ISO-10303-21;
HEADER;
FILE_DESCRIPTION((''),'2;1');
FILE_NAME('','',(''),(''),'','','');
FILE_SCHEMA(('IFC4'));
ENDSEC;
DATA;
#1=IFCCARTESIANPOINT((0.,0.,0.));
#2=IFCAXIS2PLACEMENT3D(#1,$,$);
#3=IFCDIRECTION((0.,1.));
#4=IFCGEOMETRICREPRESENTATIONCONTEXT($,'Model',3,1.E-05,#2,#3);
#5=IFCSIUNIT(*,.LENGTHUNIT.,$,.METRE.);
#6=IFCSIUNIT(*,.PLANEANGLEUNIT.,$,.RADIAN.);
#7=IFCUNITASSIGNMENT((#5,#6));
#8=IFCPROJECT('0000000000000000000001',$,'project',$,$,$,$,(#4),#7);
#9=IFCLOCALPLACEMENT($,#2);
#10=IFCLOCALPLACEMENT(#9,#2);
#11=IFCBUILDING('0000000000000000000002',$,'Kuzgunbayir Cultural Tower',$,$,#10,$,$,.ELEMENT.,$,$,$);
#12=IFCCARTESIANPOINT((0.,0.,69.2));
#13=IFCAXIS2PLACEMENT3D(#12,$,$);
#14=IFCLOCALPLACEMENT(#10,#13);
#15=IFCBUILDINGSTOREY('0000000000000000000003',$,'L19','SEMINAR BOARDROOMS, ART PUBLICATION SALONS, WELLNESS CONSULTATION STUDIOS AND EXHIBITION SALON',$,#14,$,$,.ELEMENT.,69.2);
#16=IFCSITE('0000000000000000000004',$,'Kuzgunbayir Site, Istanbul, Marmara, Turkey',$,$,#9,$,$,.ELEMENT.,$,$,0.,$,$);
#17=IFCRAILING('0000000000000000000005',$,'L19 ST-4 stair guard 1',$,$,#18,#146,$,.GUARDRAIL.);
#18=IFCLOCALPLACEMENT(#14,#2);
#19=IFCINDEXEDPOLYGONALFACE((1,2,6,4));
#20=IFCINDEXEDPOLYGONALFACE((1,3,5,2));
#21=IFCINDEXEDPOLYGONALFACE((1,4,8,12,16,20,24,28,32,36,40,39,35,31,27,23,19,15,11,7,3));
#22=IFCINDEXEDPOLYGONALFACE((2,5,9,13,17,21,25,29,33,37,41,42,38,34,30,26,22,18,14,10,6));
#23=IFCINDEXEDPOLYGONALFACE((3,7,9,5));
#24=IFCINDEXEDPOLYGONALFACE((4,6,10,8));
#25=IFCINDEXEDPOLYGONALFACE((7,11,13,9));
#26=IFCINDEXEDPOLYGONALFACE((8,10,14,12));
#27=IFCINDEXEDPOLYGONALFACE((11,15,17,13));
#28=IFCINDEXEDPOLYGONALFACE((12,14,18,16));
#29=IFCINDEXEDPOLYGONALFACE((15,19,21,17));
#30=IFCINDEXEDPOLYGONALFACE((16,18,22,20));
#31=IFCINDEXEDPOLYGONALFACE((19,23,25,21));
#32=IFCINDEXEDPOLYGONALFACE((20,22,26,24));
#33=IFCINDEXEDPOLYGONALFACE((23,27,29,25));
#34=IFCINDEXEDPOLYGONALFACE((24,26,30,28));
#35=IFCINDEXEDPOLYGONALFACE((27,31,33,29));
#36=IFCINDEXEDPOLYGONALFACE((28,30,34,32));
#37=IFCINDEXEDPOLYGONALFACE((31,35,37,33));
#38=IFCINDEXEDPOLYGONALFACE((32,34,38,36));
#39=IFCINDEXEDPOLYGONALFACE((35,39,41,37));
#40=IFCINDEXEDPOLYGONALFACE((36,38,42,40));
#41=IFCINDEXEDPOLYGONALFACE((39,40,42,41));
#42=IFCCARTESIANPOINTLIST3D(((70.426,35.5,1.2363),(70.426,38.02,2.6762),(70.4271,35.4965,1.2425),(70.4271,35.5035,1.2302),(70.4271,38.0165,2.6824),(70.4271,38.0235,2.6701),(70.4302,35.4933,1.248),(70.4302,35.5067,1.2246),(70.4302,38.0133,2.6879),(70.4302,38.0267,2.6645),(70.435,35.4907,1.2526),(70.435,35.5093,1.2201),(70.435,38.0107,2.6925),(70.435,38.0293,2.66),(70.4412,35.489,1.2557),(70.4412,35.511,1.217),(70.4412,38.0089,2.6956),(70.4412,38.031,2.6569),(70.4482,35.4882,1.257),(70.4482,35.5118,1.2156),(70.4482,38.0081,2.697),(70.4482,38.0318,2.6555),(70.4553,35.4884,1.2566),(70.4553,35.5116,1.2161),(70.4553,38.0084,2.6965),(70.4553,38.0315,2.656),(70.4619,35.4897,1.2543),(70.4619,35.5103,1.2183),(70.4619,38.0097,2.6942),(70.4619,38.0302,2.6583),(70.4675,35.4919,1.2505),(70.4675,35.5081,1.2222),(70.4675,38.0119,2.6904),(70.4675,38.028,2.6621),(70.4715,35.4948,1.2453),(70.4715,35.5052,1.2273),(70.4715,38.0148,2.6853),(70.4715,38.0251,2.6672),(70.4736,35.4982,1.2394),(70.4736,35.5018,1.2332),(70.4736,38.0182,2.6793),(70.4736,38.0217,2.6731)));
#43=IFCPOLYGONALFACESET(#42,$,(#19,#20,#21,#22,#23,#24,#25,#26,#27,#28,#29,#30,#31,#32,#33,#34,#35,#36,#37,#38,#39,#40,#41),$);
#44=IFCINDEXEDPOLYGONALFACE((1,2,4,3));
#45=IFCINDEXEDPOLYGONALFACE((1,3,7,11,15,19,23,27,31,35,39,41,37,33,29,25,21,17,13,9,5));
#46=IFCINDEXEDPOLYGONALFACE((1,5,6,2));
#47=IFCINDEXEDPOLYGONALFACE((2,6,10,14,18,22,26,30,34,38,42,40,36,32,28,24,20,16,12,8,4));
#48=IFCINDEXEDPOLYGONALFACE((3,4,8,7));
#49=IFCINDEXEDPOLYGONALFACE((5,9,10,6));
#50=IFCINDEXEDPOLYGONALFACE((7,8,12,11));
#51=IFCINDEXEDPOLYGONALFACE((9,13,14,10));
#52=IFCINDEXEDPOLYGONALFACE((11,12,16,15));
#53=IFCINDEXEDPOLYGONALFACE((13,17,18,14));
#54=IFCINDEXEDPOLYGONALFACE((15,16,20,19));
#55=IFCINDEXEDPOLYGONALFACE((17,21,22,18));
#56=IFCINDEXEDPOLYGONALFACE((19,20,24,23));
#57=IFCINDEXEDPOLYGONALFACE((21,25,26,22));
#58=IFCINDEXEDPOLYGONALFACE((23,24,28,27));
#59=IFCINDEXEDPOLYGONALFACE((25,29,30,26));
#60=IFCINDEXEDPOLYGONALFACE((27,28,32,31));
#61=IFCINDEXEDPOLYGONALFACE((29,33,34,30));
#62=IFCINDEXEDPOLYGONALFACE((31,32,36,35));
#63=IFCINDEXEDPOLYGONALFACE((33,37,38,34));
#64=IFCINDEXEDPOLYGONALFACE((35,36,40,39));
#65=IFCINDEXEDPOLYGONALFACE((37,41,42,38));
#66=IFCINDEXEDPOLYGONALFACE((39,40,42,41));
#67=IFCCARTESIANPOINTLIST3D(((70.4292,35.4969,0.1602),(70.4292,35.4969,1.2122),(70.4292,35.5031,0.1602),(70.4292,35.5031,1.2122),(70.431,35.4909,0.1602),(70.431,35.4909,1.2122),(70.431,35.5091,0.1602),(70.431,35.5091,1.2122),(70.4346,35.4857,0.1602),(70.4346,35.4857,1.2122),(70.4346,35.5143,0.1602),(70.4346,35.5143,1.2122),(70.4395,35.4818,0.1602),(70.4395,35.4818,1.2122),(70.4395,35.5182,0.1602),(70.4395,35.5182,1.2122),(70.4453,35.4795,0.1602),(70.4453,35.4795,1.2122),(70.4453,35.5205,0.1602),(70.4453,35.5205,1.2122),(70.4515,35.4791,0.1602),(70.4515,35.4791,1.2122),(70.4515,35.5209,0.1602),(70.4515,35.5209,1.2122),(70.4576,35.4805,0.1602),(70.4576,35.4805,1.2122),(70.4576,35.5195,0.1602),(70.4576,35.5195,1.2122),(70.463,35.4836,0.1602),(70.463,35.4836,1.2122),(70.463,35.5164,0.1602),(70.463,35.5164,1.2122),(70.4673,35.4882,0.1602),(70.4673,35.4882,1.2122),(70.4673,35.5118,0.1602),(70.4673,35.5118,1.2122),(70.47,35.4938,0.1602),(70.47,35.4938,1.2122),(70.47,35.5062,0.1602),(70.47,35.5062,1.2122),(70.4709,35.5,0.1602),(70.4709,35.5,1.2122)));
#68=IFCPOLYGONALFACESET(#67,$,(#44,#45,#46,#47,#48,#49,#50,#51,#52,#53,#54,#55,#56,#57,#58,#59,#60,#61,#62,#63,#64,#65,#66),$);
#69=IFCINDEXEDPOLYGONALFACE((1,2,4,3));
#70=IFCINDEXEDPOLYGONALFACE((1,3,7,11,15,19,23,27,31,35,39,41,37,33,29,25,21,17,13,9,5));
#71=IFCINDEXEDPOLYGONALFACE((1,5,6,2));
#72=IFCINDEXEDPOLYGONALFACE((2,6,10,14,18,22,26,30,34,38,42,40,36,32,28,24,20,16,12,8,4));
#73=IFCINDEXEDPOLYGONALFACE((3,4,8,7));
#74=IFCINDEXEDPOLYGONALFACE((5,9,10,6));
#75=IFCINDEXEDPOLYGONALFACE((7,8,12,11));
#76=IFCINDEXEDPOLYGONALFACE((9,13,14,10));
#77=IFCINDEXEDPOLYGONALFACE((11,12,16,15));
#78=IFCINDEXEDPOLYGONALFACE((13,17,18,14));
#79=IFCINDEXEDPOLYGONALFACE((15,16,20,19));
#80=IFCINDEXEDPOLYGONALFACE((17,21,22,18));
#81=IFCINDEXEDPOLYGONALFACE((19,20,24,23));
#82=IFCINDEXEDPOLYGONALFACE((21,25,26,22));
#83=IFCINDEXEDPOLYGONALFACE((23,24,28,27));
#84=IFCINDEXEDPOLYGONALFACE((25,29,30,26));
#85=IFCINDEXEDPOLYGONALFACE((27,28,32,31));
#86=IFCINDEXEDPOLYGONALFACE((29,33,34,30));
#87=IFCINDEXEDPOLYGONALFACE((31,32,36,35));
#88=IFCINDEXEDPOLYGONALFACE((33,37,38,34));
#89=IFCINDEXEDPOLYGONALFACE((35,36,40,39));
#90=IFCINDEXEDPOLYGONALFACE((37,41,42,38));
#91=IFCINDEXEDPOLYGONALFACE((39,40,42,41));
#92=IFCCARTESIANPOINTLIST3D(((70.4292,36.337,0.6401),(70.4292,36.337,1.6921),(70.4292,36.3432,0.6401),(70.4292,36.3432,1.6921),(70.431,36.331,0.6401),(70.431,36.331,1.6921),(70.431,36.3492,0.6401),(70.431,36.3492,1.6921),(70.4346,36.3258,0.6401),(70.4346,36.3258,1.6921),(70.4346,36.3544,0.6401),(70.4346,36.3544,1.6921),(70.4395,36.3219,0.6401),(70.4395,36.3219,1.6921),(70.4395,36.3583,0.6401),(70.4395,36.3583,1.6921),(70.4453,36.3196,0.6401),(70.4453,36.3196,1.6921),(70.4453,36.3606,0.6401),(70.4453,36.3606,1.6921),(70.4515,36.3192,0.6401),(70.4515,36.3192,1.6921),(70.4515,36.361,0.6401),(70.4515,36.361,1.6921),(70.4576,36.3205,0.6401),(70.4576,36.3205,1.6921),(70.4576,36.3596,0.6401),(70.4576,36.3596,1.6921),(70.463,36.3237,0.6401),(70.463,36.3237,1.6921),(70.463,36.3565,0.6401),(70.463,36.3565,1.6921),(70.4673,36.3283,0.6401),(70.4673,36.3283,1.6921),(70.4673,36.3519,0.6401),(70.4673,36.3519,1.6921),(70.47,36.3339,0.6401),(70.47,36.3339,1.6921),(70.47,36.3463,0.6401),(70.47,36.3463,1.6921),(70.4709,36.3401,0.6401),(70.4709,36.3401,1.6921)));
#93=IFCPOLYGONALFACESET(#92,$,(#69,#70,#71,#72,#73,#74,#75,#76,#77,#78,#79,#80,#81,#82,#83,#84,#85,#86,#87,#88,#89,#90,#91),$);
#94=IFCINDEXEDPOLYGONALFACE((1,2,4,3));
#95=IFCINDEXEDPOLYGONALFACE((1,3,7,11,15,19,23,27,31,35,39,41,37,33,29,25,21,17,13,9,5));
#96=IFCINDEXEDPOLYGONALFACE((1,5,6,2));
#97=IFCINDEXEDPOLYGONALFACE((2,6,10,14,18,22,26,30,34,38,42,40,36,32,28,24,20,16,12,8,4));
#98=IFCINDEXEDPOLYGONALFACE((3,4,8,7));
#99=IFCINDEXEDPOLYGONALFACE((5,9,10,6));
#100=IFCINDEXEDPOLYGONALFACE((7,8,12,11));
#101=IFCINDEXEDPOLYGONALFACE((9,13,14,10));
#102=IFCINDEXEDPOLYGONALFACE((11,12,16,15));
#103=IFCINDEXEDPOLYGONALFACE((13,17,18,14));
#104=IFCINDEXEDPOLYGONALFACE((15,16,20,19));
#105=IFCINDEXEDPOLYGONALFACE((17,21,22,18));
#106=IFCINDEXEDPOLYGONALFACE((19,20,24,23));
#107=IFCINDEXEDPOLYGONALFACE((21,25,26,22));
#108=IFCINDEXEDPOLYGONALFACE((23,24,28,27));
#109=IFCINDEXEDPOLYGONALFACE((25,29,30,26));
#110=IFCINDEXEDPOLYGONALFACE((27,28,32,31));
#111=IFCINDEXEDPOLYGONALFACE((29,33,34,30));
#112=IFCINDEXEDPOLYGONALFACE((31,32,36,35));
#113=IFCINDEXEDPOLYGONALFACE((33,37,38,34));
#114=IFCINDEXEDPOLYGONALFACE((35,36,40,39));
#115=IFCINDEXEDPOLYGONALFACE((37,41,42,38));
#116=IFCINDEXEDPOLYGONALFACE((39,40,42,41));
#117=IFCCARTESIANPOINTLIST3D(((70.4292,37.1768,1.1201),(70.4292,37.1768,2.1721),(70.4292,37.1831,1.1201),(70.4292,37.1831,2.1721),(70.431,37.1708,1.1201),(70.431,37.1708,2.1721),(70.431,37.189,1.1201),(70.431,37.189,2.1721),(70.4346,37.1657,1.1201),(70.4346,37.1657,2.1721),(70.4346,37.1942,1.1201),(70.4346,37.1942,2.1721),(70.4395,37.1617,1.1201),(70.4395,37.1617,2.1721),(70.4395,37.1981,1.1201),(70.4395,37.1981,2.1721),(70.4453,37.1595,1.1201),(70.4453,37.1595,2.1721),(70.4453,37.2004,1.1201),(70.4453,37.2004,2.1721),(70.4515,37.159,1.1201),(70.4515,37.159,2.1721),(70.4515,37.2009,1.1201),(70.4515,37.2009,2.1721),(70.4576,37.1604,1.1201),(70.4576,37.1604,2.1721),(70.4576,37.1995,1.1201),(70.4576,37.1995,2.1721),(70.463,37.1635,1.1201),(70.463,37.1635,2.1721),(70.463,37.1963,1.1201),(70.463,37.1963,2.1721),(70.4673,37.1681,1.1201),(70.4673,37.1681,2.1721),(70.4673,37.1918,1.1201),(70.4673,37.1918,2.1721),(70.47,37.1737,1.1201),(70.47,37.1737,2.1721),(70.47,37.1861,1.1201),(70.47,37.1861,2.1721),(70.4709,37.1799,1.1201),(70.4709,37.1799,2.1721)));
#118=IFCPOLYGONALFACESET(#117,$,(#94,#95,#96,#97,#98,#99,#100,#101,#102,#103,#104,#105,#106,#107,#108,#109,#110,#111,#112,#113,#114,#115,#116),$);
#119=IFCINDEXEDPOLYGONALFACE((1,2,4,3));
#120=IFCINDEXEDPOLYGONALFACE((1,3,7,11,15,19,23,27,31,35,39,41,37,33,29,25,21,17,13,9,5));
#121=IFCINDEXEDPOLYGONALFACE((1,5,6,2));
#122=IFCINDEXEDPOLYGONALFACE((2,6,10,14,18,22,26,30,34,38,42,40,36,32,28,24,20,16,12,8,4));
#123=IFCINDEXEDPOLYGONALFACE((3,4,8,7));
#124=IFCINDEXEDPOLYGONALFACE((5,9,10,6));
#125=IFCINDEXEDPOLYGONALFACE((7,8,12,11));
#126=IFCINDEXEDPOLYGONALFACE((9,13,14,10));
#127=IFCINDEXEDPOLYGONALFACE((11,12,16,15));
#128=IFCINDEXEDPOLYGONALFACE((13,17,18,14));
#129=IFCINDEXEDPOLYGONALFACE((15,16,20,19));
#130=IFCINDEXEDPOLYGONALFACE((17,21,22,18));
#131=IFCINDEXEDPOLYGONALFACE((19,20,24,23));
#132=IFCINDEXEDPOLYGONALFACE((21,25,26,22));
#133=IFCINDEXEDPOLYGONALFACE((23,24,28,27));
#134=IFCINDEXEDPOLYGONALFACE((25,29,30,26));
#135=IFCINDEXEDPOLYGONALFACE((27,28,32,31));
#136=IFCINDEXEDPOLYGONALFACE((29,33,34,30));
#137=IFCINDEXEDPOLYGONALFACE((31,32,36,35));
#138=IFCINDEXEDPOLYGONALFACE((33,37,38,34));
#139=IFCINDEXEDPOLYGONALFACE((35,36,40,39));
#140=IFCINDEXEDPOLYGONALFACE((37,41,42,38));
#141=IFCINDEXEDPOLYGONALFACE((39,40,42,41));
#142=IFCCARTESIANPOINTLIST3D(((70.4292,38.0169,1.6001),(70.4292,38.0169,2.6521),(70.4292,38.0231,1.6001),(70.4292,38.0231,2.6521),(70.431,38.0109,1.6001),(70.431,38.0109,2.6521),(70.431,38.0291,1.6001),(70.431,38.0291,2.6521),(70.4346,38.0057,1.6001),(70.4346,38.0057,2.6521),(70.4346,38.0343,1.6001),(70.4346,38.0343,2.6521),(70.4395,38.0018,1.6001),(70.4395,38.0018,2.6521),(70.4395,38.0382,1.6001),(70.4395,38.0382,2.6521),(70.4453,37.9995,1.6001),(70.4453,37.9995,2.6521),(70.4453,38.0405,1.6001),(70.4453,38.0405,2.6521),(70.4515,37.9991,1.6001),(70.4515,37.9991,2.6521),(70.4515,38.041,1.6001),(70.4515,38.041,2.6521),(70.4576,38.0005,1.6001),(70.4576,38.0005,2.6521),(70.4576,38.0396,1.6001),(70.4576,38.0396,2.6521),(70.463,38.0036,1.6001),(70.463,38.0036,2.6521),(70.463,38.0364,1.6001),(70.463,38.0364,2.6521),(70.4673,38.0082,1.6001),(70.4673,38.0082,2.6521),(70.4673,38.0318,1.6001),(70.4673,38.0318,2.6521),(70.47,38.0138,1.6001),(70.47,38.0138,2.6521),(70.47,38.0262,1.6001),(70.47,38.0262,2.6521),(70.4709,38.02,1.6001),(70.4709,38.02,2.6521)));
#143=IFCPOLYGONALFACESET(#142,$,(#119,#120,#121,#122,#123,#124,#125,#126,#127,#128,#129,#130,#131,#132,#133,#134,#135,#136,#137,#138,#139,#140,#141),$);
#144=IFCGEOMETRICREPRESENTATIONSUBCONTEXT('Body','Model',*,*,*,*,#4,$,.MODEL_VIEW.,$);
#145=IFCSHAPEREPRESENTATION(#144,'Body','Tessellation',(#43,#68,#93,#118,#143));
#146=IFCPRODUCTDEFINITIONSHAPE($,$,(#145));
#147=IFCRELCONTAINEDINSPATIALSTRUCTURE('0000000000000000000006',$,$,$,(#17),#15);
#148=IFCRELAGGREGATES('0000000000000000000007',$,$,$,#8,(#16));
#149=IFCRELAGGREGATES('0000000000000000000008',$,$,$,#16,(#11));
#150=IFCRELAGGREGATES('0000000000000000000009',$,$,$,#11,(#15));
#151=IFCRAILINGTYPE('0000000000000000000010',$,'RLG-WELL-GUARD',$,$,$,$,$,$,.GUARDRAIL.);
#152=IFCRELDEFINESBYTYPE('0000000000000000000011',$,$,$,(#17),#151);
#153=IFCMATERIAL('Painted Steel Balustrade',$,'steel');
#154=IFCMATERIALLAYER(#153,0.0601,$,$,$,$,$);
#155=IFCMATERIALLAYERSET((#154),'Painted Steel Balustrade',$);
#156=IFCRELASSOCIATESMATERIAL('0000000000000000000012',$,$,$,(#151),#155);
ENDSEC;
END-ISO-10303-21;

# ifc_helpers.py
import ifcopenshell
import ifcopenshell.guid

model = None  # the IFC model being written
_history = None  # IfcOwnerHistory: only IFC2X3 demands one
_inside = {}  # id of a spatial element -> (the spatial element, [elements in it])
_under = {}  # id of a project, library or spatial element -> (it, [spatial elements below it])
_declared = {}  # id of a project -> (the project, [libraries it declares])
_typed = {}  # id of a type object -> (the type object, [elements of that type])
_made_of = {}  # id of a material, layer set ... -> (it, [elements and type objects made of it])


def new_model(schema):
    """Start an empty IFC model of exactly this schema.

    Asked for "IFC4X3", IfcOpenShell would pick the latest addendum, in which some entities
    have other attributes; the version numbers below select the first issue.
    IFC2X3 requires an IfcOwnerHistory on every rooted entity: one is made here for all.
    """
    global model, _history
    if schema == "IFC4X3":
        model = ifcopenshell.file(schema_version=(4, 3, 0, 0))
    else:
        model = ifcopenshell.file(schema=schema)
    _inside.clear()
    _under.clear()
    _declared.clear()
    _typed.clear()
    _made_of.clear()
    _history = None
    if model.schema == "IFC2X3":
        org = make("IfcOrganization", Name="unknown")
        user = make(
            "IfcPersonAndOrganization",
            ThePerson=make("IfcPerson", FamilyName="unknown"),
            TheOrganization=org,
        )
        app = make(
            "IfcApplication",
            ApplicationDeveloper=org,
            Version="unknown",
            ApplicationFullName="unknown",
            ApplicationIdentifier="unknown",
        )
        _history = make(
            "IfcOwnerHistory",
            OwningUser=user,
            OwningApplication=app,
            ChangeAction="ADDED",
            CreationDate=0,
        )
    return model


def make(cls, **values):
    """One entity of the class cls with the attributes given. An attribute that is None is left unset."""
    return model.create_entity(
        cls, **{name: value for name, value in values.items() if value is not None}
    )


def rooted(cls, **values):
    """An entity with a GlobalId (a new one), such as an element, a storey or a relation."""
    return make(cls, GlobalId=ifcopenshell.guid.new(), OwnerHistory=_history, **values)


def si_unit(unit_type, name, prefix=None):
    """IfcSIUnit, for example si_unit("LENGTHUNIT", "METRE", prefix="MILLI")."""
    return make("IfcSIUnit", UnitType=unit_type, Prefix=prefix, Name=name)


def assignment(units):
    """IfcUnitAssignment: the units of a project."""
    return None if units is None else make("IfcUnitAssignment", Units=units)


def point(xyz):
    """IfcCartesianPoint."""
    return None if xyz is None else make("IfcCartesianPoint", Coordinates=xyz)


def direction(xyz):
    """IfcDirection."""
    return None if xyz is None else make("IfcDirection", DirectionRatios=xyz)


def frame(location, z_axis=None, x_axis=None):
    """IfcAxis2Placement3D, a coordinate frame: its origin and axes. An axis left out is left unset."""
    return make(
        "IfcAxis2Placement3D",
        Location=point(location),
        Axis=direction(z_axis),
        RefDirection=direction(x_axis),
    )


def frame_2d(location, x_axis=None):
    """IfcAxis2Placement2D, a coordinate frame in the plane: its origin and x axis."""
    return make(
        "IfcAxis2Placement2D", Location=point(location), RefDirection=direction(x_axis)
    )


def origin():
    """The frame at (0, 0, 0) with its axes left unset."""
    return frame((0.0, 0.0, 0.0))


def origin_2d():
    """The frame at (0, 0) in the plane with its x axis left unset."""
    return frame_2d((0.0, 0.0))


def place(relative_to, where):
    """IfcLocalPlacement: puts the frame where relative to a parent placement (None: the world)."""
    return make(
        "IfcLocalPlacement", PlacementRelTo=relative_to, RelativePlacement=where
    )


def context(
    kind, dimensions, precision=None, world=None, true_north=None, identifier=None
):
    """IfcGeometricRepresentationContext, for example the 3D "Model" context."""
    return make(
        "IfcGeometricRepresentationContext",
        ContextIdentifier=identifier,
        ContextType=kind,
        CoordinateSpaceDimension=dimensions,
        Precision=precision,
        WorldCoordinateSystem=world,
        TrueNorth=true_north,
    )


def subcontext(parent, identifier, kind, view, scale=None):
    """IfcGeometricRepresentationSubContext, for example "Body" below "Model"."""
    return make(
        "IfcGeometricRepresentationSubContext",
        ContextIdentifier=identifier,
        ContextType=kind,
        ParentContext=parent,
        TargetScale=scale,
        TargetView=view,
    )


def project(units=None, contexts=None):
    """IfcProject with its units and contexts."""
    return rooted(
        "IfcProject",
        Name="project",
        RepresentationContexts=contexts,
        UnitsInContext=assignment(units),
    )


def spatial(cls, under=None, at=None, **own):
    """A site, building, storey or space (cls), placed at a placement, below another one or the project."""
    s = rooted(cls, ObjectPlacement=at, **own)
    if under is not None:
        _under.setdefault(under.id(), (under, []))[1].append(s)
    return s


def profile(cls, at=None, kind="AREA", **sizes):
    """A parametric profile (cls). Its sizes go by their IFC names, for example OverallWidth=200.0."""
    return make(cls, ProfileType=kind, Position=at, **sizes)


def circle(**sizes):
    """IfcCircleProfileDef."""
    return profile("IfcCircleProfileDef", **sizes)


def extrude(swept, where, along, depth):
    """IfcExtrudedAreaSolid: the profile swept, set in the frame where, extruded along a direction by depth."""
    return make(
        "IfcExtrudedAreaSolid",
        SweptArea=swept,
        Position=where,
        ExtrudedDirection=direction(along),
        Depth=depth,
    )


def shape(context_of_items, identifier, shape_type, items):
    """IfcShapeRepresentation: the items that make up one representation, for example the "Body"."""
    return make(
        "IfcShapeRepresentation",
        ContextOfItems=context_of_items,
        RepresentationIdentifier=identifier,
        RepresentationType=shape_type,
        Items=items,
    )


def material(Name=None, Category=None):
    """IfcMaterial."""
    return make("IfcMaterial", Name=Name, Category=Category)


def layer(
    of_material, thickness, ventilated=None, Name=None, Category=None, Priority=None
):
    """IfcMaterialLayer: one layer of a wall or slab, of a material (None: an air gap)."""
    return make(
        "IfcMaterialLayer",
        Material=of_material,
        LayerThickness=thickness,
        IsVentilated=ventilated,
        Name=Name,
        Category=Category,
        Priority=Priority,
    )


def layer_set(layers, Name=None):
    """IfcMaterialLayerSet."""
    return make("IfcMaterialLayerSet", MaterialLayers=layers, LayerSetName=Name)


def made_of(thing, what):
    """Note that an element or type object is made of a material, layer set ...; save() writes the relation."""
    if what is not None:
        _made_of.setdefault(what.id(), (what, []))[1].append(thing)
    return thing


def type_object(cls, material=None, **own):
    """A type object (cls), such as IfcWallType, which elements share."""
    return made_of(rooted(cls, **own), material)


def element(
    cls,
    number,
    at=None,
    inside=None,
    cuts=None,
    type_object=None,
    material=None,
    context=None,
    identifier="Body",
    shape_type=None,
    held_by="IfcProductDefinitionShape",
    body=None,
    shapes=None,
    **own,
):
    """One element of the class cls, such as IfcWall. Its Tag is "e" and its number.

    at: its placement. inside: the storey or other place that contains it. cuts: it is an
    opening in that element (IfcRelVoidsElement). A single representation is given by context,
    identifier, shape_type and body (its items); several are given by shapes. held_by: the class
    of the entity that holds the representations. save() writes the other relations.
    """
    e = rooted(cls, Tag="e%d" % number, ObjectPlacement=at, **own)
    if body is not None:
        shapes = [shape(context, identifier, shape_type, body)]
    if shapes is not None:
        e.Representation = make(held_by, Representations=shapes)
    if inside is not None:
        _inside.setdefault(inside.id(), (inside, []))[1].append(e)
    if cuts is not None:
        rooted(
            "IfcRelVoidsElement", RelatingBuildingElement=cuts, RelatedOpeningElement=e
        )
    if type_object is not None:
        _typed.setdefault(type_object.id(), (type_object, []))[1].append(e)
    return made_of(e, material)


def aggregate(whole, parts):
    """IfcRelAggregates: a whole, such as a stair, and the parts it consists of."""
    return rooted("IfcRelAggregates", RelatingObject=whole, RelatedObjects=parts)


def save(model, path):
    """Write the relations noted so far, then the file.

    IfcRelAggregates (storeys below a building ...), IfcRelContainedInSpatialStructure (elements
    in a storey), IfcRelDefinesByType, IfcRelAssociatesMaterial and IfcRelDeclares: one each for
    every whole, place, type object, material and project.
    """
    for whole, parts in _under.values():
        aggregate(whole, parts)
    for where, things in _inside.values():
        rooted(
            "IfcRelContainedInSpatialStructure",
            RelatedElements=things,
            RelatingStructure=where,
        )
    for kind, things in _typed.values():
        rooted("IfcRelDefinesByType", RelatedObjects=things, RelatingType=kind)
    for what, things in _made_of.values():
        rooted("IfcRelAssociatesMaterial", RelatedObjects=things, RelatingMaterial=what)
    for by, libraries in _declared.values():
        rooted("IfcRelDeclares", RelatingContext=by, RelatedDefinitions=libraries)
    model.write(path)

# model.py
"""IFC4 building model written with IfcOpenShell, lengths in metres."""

from ifc_helpers import new_model, si_unit, direction, frame, origin, origin_2d, place, context, subcontext, project, spatial, circle, extrude, material, layer, layer_set, type_object, element, save


model = new_model("IFC4")

# Units and contexts
model_context = context("Model", 3, precision=1e-05, world=origin(), true_north=direction((0.0, 1.0)))
body_context = subcontext(model_context, "Body", "Model", "MODEL_VIEW")
ifc_project = project(units=[si_unit("LENGTHUNIT", "METRE"), si_unit("PLANEANGLEUNIT", "RADIAN")], contexts=[model_context])

# Site, building, storey
site_placement = place(None, origin())
site = spatial("IfcSite", under=ifc_project, at=site_placement, Name="Kuzgunbayir Site, Istanbul, Marmara, Turkey", CompositionType="ELEMENT", RefElevation=0.0)
building_placement = place(site_placement, origin())
building = spatial("IfcBuilding", under=site, at=building_placement, Name="Kuzgunbayir Cultural Tower", CompositionType="ELEMENT")
storey_placement = place(building_placement, frame((0.0, 0.0, 69.2)))
storey = spatial("IfcBuildingStorey", under=building, at=storey_placement, Name="L19", Description="SEMINAR BOARDROOMS, ART PUBLICATION SALONS, WELLNESS CONSULTATION STUDIOS AND EXHIBITION SALON", CompositionType="ELEMENT", Elevation=69.2)

# Railing
ifc_material_1 = material(Name="Painted Steel Balustrade", Category="steel")
ifc_layer_1 = layer(ifc_material_1, 0.0601)
ifc_layer_set_1 = layer_set([ifc_layer_1], Name="Painted Steel Balustrade")
railing_type = type_object("IfcRailingType", Name="RLG-WELL-GUARD", PredefinedType="GUARDRAIL", material=ifc_layer_set_1)
railing_1_placement = place(storey_placement, frame((70.45, 35.5, 0.1602)))
element("IfcRailing", 1, at=railing_1_placement, inside=storey, type_object=railing_type, Name="L19 ST-4 stair guard 1", PredefinedType="GUARDRAIL", context=body_context, shape_type="SweptSolid", body=[
    extrude(circle(Radius=0.0239, at=origin_2d()), frame((0.0, 0.0, 1.0762), z_axis=(0.0, 0.868253, 0.496121), x_axis=(-1.0, 0.0, 0.0)), (0.0, 0.0, 1.0), 2.9023),
    extrude(circle(Radius=0.021, at=origin_2d()), origin(), (0.0, 0.0, 1.0), 1.052),
    extrude(circle(Radius=0.021, at=origin_2d()), frame((0.0, 0.8401, 0.48)), (0.0, 0.0, 1.0), 1.052),
    extrude(circle(Radius=0.021, at=origin_2d()), frame((0.0, 1.6799, 0.96)), (0.0, 0.0, 1.0), 1.052),
    extrude(circle(Radius=0.021, at=origin_2d()), frame((0.0, 2.52, 1.4399)), (0.0, 0.0, 1.0), 1.052),
])

save(model, "model.ifc")
